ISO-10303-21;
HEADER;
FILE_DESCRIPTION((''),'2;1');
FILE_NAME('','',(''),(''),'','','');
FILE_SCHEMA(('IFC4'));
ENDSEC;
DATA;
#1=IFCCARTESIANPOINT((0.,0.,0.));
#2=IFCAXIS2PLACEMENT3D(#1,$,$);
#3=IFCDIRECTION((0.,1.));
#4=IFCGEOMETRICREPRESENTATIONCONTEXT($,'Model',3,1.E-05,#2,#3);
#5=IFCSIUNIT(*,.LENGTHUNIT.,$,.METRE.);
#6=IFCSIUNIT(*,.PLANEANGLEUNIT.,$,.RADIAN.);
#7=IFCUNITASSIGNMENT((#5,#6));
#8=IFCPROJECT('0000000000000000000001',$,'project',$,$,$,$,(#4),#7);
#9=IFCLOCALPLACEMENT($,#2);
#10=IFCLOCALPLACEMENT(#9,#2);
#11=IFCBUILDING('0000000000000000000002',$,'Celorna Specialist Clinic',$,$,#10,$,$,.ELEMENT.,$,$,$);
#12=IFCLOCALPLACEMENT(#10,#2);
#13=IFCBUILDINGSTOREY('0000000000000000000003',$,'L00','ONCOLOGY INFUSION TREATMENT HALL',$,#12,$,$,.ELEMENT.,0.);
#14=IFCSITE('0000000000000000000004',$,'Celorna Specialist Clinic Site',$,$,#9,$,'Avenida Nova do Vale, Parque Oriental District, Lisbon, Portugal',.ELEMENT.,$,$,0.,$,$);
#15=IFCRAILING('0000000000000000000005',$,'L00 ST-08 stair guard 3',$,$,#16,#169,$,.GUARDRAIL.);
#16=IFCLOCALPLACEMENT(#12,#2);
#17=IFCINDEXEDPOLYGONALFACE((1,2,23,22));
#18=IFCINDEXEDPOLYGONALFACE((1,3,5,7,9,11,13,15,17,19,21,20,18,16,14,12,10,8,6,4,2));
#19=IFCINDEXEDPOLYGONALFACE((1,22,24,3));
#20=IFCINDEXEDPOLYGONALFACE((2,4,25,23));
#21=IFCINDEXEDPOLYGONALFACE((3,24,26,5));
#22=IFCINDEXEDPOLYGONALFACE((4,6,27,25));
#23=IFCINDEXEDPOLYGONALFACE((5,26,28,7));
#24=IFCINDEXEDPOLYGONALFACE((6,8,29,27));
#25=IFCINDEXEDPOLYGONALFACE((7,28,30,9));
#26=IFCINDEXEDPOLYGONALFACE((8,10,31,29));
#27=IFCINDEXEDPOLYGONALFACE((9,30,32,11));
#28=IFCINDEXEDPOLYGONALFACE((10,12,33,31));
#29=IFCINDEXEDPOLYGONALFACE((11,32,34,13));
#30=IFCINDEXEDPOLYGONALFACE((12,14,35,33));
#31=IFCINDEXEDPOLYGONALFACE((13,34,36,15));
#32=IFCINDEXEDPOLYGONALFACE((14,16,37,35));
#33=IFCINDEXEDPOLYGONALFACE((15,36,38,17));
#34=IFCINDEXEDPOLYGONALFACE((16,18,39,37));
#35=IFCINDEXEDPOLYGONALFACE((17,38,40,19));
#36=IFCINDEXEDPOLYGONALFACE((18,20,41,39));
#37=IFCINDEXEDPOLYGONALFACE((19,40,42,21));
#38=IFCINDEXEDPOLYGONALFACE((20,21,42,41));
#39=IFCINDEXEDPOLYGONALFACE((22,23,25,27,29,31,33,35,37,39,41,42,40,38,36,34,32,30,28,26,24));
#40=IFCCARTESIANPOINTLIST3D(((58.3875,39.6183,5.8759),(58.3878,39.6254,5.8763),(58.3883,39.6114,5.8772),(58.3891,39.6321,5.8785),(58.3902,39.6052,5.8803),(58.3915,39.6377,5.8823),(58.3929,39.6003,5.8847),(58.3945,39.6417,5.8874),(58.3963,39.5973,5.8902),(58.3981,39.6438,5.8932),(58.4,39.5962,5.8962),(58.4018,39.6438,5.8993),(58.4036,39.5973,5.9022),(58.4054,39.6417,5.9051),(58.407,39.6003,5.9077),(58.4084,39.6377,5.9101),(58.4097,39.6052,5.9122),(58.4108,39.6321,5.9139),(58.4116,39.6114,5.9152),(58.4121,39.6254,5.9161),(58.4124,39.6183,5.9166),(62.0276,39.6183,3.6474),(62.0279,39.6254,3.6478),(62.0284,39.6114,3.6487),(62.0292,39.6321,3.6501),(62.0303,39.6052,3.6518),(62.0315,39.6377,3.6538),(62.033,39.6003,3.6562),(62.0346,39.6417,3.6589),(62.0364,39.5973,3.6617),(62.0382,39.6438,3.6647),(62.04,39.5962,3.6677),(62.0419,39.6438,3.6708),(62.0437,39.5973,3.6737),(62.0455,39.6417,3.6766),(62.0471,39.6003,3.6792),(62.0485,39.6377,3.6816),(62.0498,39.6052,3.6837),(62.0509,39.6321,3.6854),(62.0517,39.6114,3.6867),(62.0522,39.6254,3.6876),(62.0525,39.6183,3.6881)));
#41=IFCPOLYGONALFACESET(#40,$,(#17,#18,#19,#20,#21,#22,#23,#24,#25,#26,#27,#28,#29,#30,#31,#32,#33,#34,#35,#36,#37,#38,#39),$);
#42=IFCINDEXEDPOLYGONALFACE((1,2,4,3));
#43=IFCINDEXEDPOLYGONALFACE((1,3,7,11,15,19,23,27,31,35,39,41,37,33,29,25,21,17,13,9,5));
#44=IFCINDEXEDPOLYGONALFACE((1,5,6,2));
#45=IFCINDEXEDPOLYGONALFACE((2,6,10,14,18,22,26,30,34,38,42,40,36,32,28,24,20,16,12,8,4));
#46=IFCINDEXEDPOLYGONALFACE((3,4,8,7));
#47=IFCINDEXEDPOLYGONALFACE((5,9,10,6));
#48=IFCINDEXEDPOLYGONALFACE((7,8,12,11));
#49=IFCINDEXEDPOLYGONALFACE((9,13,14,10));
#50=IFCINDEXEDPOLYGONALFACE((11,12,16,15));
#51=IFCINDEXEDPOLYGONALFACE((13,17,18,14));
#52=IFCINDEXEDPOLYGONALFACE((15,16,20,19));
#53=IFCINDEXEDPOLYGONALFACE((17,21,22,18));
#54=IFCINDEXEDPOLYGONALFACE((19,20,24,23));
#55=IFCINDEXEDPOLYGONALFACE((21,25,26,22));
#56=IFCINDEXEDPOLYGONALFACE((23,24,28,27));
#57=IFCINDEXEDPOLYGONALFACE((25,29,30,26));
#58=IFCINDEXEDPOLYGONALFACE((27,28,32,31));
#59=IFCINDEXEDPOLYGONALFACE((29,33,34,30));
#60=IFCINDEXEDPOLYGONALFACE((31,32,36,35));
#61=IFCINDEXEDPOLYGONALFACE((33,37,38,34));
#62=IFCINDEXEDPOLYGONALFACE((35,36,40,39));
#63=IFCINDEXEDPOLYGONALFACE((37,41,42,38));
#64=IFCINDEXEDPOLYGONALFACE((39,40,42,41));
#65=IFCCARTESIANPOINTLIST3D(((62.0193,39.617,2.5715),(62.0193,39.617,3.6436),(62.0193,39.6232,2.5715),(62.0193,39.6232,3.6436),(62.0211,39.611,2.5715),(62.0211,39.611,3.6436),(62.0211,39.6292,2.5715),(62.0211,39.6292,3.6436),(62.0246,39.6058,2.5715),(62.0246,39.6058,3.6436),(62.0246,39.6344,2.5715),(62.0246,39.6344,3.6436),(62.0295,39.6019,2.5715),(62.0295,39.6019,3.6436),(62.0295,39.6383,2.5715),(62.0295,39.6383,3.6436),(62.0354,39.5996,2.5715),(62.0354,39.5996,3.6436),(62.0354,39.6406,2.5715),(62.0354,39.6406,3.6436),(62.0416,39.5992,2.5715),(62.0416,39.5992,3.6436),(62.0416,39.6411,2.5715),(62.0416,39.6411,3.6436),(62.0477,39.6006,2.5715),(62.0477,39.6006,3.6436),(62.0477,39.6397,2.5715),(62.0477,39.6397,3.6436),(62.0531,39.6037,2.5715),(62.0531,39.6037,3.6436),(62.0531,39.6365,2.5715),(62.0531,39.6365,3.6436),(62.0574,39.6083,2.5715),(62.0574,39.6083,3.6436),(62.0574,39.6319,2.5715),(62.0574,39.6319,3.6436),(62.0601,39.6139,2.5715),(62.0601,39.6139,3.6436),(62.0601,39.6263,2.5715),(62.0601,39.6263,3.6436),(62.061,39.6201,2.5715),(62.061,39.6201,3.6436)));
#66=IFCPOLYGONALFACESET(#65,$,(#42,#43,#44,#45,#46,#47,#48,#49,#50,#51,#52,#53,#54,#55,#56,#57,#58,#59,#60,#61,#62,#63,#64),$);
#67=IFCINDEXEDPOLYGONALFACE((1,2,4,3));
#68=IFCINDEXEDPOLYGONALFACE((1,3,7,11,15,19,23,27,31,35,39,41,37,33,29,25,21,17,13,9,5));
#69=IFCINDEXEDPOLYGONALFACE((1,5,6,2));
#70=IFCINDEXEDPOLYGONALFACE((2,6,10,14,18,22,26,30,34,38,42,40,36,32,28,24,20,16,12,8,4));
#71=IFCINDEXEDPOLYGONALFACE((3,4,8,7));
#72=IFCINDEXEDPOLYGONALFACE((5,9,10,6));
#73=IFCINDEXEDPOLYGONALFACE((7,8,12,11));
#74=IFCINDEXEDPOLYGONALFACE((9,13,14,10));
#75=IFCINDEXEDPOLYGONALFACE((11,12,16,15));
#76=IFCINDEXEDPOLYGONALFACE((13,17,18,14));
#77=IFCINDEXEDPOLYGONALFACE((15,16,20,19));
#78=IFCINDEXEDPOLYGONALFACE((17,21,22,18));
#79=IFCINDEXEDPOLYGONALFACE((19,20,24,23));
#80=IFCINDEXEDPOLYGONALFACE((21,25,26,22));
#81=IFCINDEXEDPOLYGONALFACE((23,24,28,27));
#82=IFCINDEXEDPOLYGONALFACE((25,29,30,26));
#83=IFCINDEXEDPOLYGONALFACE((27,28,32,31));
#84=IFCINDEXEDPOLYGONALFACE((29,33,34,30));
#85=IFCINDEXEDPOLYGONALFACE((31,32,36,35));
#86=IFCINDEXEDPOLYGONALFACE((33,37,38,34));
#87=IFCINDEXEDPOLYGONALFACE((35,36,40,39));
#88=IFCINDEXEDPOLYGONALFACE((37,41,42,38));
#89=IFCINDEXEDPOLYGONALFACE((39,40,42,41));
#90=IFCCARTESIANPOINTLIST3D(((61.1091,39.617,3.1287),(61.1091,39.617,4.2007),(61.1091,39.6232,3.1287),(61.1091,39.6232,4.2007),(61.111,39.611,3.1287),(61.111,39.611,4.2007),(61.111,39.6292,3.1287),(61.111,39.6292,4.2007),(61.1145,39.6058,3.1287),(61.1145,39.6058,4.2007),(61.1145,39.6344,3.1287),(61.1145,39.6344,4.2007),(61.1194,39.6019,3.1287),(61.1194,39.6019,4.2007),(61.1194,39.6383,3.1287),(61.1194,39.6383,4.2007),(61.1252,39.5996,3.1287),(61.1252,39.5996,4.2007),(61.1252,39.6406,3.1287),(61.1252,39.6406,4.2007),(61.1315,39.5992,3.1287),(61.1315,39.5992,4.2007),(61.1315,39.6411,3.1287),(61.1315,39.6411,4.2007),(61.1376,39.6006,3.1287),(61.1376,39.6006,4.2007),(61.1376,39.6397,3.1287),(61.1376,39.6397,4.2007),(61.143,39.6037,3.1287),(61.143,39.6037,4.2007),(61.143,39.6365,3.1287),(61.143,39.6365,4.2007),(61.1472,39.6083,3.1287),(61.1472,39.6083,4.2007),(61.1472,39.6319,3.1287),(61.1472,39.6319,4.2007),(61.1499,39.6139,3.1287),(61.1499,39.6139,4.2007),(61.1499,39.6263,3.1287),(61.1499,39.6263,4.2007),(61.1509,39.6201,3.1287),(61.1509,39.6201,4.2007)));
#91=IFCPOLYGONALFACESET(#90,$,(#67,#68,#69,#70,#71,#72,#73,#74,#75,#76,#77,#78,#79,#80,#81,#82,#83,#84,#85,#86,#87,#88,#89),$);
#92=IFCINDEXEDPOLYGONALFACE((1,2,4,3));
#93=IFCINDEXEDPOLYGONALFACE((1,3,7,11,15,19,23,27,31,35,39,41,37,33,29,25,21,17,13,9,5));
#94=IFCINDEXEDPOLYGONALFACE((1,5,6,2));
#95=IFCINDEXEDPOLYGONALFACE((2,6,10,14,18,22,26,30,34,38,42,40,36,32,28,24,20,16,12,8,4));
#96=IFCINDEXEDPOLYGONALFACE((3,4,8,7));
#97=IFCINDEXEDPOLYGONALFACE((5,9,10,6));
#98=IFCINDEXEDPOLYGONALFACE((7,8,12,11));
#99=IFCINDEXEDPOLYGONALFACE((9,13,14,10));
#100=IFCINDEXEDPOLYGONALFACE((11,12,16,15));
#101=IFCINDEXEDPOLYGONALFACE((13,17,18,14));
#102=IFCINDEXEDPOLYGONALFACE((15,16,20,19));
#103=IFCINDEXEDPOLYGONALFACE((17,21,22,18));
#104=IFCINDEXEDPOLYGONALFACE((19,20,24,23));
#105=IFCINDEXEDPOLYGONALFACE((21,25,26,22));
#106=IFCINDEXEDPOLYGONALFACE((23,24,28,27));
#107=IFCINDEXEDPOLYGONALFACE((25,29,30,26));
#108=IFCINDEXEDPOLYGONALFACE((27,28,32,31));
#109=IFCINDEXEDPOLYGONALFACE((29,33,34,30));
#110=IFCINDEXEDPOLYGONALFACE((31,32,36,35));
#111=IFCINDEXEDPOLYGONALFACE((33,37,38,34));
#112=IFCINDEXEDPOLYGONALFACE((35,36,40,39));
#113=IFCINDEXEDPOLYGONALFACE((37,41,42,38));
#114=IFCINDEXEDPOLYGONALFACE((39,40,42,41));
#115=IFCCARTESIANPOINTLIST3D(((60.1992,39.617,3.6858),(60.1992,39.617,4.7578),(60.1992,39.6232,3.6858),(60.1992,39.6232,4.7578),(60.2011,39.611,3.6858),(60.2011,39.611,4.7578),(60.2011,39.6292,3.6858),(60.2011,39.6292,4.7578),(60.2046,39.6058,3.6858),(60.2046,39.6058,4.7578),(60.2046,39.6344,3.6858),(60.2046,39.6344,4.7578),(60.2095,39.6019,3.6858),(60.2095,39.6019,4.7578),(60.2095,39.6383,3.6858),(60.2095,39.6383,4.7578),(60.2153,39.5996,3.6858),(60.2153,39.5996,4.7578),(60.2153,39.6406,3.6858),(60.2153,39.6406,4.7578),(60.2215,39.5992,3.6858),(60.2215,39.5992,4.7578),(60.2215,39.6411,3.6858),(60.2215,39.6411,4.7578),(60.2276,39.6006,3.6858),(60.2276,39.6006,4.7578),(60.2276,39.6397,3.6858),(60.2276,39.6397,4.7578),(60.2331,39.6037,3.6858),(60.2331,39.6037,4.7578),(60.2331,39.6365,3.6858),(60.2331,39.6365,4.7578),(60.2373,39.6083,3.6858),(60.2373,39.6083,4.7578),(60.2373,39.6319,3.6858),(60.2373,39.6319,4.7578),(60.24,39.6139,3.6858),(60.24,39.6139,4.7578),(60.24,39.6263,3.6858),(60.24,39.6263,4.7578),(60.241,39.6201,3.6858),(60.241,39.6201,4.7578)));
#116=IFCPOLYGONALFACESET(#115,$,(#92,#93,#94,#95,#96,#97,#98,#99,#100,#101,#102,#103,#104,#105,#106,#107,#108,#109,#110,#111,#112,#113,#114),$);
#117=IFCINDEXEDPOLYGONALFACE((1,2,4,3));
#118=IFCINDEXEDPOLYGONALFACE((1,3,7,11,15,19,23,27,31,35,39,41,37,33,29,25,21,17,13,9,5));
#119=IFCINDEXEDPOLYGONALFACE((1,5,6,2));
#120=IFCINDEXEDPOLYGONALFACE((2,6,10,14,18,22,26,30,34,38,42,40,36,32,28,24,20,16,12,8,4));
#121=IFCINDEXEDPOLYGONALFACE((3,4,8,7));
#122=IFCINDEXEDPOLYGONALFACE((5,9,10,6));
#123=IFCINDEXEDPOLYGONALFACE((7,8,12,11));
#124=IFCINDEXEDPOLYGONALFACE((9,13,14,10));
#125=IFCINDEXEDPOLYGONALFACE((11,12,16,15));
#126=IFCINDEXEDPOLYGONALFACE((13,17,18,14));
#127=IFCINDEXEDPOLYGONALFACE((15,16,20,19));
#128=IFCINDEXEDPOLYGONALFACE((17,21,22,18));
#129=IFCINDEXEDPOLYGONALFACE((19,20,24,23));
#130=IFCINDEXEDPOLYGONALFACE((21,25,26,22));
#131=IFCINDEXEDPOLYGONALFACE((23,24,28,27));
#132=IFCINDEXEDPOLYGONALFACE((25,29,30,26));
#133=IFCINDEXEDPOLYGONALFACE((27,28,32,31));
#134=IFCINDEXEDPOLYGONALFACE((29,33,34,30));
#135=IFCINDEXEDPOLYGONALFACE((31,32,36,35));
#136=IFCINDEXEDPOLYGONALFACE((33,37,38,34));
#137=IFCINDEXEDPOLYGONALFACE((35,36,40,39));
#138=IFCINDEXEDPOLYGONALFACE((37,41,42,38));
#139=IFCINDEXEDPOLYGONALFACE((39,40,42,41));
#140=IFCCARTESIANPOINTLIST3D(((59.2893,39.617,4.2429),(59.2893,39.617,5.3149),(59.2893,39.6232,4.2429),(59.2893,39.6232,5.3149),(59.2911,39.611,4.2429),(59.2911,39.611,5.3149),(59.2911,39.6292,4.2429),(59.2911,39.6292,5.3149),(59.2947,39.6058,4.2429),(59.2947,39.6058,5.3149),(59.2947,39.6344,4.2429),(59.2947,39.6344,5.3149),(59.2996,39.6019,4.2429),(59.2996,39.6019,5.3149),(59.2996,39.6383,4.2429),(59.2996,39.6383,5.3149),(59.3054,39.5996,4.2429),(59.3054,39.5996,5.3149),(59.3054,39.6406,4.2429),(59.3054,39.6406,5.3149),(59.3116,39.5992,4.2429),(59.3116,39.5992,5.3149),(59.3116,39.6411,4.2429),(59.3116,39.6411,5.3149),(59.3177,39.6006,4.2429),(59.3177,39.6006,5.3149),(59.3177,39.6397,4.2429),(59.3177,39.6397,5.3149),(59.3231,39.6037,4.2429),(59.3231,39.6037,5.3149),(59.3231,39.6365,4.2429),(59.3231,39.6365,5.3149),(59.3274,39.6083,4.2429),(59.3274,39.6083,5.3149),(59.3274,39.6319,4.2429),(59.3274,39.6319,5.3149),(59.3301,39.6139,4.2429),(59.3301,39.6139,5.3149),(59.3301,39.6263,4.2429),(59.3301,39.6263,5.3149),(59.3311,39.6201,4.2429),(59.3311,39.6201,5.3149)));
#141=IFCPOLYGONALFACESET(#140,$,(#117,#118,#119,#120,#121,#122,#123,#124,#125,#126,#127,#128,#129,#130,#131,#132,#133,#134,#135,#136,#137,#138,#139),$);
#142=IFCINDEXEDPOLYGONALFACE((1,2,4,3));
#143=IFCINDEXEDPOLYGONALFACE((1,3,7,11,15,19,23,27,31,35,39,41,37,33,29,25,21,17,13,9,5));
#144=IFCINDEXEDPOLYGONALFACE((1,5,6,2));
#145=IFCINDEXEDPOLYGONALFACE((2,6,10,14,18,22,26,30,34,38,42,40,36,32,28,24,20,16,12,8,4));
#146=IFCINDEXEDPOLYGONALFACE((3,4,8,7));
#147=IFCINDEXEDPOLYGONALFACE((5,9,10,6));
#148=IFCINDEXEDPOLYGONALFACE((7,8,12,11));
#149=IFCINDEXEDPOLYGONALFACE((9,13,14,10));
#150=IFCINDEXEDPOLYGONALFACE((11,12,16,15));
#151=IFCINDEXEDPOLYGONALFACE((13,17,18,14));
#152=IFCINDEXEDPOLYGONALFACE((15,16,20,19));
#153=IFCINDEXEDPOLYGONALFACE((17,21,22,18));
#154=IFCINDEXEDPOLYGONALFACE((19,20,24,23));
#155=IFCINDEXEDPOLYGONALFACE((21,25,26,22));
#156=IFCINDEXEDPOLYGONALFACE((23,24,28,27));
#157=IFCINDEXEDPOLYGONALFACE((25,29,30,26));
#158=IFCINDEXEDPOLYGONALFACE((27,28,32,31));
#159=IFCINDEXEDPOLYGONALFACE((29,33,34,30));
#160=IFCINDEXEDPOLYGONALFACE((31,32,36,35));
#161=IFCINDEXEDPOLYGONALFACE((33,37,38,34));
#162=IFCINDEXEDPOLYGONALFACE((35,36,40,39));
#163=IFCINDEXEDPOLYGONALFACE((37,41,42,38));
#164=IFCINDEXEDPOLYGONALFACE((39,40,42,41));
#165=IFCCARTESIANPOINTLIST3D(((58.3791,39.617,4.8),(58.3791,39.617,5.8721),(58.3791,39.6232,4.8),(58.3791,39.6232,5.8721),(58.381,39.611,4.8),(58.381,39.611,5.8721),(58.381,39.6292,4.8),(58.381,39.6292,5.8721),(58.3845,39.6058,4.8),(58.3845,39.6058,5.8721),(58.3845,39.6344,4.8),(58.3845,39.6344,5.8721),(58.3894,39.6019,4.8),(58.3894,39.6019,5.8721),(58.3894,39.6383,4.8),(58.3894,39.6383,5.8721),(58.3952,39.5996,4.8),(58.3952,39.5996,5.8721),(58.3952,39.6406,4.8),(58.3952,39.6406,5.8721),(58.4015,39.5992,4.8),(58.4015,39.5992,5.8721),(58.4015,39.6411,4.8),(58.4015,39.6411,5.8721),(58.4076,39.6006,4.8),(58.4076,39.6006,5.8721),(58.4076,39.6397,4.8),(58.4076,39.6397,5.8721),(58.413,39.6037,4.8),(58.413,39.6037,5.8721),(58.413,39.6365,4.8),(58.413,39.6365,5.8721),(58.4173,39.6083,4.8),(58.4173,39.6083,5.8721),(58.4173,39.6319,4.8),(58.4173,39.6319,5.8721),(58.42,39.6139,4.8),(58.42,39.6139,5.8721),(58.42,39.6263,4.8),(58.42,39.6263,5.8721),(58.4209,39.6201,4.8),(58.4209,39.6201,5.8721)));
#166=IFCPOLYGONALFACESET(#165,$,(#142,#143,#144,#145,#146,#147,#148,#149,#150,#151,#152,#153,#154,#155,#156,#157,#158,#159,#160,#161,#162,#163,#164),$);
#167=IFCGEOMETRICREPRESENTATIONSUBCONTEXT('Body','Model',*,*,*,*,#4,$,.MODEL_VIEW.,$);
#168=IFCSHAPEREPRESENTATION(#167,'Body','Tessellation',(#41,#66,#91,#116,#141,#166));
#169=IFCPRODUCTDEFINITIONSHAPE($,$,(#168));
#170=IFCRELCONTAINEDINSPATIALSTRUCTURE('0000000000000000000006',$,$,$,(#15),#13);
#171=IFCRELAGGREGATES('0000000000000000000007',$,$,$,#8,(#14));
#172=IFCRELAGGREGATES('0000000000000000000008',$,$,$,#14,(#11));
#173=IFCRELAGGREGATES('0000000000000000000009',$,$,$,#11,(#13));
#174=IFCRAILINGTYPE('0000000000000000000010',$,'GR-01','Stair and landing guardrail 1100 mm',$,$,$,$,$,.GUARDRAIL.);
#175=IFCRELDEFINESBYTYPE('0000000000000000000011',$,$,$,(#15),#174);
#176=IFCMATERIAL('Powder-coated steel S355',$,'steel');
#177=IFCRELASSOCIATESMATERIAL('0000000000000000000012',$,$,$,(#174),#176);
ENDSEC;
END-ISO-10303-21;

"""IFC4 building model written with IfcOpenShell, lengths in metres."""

from ifc_helpers import new_model, si_unit, direction, frame, origin, origin_2d, place, context, subcontext, project, spatial, circle, extrude, material, type_object, element, save


model = new_model("IFC4")

# Units and contexts
model_context = context("Model", 3, precision=1e-05, world=origin(), true_north=direction((0.0, 1.0)))
body_context = subcontext(model_context, "Body", "Model", "MODEL_VIEW")
ifc_project = project(units=[si_unit("LENGTHUNIT", "METRE"), si_unit("PLANEANGLEUNIT", "RADIAN")], contexts=[model_context])

# Site, building, storey
site_placement = place(None, origin())
site = spatial("IfcSite", under=ifc_project, at=site_placement, Name="Celorna Specialist Clinic Site", LongName="Avenida Nova do Vale, Parque Oriental District, Lisbon, Portugal", CompositionType="ELEMENT", RefElevation=0.0)
building_placement = place(site_placement, origin())
building = spatial("IfcBuilding", under=site, at=building_placement, Name="Celorna Specialist Clinic", CompositionType="ELEMENT")
storey_placement = place(building_placement, origin())
storey = spatial("IfcBuildingStorey", under=building, at=storey_placement, Name="L00", Description="ONCOLOGY INFUSION TREATMENT HALL", CompositionType="ELEMENT", Elevation=0.0)

# Railing
ifc_material_1 = material(Name="Powder-coated steel S355", Category="steel")
railing_type_1 = type_object("IfcRailingType", Name="GR-01", Description="Stair and landing guardrail 1100 mm", PredefinedType="GUARDRAIL", material=ifc_material_1)
railing_1_placement = place(storey_placement, frame((62.04, 39.6201, 2.5715)))
element("IfcRailing", 1, at=railing_1_placement, inside=storey, type_object=railing_type_1, Name="L00 ST-08 stair guard 3", PredefinedType="GUARDRAIL", context=body_context, shape_type="SweptSolid", body=[
    extrude(circle(Radius=0.0239, at=origin_2d()), frame((0.0, 0.0, 1.0962), z_axis=(-0.852866, 0.0, 0.52213), x_axis=(0.0, -1.0, 0.0)), (0.0, 0.0, 1.0), 4.2681),
    extrude(circle(Radius=0.021, at=origin_2d()), origin(), (0.0, 0.0, 1.0), 1.072),
    extrude(circle(Radius=0.021, at=origin_2d()), frame((-0.9102, 0.0, 0.5571)), (0.0, 0.0, 1.0), 1.072),
    extrude(circle(Radius=0.021, at=origin_2d()), frame((-1.8201, 0.0, 1.1143)), (0.0, 0.0, 1.0), 1.072),
    extrude(circle(Radius=0.021, at=origin_2d()), frame((-2.73, 0.0, 1.6714)), (0.0, 0.0, 1.0), 1.072),
    extrude(circle(Radius=0.021, at=origin_2d()), frame((-3.6401, 0.0, 2.2285)), (0.0, 0.0, 1.0), 1.072),
])

save(model, "model.ifc")
